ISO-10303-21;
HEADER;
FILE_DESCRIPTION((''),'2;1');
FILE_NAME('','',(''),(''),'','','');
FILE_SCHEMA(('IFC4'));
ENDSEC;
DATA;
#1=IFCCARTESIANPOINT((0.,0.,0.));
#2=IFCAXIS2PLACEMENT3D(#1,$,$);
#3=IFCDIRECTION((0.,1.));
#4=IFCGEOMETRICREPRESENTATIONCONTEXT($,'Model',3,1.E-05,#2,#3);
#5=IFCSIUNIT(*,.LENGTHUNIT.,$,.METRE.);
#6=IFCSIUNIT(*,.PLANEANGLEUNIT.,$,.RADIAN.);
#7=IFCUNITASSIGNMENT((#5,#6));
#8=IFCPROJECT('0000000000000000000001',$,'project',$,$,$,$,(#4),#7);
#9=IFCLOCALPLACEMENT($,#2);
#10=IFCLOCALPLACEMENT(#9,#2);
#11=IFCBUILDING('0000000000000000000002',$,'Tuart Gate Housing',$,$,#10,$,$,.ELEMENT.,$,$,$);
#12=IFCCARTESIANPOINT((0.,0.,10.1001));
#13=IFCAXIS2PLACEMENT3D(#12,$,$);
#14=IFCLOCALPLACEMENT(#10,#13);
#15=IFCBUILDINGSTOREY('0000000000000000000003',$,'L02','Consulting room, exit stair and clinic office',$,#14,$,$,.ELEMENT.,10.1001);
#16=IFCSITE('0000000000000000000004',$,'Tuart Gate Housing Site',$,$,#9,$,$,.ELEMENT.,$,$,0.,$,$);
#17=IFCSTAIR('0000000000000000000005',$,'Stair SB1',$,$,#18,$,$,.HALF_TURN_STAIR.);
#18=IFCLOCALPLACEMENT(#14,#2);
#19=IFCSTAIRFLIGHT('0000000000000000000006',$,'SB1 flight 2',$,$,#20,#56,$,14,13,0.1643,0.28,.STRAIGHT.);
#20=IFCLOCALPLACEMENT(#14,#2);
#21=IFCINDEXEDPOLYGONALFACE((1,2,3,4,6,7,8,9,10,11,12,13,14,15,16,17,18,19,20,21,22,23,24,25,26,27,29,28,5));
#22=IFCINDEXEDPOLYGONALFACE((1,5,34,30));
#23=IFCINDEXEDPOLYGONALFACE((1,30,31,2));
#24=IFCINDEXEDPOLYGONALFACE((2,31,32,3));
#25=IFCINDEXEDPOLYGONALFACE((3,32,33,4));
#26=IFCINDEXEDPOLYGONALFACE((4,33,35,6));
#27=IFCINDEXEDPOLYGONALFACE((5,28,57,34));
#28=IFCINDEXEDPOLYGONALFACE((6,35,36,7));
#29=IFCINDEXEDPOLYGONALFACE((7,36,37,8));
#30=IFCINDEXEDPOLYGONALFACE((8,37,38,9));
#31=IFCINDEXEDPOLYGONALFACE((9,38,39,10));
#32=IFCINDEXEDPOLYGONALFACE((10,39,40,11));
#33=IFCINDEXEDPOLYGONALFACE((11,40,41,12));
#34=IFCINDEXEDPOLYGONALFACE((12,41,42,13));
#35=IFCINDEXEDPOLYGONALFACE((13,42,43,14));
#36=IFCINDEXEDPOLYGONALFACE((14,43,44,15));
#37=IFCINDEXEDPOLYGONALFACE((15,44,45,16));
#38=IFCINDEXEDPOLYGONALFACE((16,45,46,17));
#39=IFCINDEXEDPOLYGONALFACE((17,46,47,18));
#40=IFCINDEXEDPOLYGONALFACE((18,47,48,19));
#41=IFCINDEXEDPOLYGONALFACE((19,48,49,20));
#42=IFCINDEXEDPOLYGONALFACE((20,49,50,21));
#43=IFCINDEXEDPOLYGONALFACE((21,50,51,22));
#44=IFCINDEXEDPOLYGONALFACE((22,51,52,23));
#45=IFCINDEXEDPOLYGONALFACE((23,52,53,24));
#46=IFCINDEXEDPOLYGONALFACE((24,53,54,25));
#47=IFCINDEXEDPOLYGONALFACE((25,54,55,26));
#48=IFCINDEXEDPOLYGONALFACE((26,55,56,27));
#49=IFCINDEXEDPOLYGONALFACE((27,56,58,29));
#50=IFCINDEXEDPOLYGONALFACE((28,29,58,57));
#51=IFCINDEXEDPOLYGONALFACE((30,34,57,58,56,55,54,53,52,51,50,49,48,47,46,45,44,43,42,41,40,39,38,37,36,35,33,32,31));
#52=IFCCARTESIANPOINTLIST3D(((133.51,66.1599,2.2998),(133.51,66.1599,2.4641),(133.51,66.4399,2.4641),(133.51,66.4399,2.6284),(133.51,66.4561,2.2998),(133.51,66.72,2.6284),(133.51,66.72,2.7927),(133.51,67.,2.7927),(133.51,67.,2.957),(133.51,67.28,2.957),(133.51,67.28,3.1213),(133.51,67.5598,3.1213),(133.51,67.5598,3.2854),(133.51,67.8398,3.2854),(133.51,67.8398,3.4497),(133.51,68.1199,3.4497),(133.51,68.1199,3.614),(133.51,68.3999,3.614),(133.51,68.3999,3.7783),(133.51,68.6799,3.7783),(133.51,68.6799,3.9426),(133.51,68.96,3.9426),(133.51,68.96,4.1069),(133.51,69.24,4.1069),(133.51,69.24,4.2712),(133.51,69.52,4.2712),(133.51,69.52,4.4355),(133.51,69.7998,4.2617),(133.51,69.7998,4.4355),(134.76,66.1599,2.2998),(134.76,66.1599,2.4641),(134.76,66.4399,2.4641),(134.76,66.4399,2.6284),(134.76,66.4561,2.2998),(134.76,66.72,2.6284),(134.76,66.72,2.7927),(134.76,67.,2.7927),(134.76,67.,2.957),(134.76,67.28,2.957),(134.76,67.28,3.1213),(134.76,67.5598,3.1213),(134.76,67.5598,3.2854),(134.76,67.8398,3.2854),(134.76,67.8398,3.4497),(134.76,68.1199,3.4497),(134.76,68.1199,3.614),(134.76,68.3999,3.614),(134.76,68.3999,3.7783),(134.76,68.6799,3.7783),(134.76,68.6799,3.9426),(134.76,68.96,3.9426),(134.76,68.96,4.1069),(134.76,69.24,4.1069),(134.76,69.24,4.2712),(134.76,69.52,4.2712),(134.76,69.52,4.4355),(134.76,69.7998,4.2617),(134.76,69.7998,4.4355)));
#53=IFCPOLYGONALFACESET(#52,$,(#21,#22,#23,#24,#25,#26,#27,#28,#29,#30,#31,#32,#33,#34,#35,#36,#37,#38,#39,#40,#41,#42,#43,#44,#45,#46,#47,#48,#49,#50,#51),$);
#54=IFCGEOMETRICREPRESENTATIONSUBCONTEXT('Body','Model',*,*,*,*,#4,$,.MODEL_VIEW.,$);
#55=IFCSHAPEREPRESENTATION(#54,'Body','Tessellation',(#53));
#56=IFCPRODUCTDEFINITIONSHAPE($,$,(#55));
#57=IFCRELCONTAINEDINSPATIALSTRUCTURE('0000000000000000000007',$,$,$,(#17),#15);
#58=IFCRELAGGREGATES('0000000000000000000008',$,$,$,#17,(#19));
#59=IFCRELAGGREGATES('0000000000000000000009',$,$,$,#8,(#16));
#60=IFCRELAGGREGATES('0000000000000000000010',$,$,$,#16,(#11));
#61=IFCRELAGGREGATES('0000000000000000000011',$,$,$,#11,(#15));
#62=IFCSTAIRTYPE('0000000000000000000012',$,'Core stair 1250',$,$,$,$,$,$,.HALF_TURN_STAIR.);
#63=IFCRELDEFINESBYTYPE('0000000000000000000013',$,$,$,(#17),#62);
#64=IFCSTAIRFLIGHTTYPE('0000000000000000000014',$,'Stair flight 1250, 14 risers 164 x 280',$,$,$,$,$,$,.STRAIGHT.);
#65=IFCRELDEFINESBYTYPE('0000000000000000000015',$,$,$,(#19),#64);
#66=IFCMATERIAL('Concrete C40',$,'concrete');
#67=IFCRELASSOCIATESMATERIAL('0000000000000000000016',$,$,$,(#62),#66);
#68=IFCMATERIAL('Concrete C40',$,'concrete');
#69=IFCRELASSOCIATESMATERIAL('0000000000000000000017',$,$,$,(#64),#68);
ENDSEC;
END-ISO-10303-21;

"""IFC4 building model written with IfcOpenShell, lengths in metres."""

from ifc_helpers import new_model, si_unit, direction, frame, origin, place, context, subcontext, project, spatial, polyline, outline, extrude, material, type_object, element, aggregate, save


model = new_model("IFC4")

# Units and contexts
model_context = context("Model", 3, precision=1e-05, world=origin(), true_north=direction((0.0, 1.0)))
body_context = subcontext(model_context, "Body", "Model", "MODEL_VIEW")
ifc_project = project(units=[si_unit("LENGTHUNIT", "METRE"), si_unit("PLANEANGLEUNIT", "RADIAN")], contexts=[model_context])

# Site, building, storey
site_placement = place(None, origin())
site = spatial("IfcSite", under=ifc_project, at=site_placement, Name="Tuart Gate Housing Site", CompositionType="ELEMENT", RefElevation=0.0)
building_placement = place(site_placement, origin())
building = spatial("IfcBuilding", under=site, at=building_placement, Name="Tuart Gate Housing", CompositionType="ELEMENT")
storey_placement = place(building_placement, frame((0.0, 0.0, 10.1001)))
storey = spatial("IfcBuildingStorey", under=building, at=storey_placement, Name="L02", Description="Consulting room, exit stair and clinic office", CompositionType="ELEMENT", Elevation=10.1001)

# Stair, stair flight
ifc_material_1 = material(Name="Concrete C40", Category="concrete")
stair_type = type_object("IfcStairType", Name="Core stair 1250", PredefinedType="HALF_TURN_STAIR", material=ifc_material_1)
stair_placement = place(storey_placement, origin())
stair = element("IfcStair", 1, at=stair_placement, inside=storey, type_object=stair_type, Name="Stair SB1", PredefinedType="HALF_TURN_STAIR")
ifc_material_2 = material(Name="Concrete C40", Category="concrete")
stair_flight_type = type_object("IfcStairFlightType", Name="Stair flight 1250, 14 risers 164 x 280", PredefinedType="STRAIGHT", material=ifc_material_2)
stair_flight_1_placement = place(storey_placement, frame((134.135, 66.1599, 2.2998), z_axis=(0.0, 0.0, 1.0), x_axis=(0.0, 1.0, 0.0)))
stair_flight_1 = element("IfcStairFlight", 2, at=stair_flight_1_placement, type_object=stair_flight_type, Name="SB1 flight 2", NumberOfRisers=14, NumberOfTreads=13, PredefinedType="STRAIGHT", RiserHeight=0.1643, TreadLength=0.28, context=body_context, shape_type="SweptSolid", body=[
    extrude(outline(polyline([(0.0, 0.0), (0.0, 0.1643), (0.28, 0.1643), (0.28, 0.3286), (0.5601, 0.3286), (0.5601, 0.4929), (0.8401, 0.4929), (0.8401, 0.6572), (1.1201, 0.6572), (1.1201, 0.8215), (1.3999, 0.8215), (1.3999, 0.9856), (1.6799, 0.9856), (1.6799, 1.1499), (1.96, 1.1499), (1.96, 1.3142), (2.24, 1.3142), (2.24, 1.4785), (2.52, 1.4785), (2.52, 1.6428), (2.8, 1.6428), (2.8, 1.8071), (3.0801, 1.8071), (3.0801, 1.9714), (3.3601, 1.9714), (3.3601, 2.1357), (3.6399, 2.1357), (3.6399, 2.3), (3.6399, 1.9619), (0.2961, 0.0), (0.0, 0.0)])), frame((0.0, 0.625, 0.0), z_axis=(0.0, -1.0, 0.0), x_axis=(1.0, 0.0, 0.0)), (0.0, 0.0, 1.0), 1.25),
])
aggregate(stair, [stair_flight_1])

save(model, "model.ifc")
